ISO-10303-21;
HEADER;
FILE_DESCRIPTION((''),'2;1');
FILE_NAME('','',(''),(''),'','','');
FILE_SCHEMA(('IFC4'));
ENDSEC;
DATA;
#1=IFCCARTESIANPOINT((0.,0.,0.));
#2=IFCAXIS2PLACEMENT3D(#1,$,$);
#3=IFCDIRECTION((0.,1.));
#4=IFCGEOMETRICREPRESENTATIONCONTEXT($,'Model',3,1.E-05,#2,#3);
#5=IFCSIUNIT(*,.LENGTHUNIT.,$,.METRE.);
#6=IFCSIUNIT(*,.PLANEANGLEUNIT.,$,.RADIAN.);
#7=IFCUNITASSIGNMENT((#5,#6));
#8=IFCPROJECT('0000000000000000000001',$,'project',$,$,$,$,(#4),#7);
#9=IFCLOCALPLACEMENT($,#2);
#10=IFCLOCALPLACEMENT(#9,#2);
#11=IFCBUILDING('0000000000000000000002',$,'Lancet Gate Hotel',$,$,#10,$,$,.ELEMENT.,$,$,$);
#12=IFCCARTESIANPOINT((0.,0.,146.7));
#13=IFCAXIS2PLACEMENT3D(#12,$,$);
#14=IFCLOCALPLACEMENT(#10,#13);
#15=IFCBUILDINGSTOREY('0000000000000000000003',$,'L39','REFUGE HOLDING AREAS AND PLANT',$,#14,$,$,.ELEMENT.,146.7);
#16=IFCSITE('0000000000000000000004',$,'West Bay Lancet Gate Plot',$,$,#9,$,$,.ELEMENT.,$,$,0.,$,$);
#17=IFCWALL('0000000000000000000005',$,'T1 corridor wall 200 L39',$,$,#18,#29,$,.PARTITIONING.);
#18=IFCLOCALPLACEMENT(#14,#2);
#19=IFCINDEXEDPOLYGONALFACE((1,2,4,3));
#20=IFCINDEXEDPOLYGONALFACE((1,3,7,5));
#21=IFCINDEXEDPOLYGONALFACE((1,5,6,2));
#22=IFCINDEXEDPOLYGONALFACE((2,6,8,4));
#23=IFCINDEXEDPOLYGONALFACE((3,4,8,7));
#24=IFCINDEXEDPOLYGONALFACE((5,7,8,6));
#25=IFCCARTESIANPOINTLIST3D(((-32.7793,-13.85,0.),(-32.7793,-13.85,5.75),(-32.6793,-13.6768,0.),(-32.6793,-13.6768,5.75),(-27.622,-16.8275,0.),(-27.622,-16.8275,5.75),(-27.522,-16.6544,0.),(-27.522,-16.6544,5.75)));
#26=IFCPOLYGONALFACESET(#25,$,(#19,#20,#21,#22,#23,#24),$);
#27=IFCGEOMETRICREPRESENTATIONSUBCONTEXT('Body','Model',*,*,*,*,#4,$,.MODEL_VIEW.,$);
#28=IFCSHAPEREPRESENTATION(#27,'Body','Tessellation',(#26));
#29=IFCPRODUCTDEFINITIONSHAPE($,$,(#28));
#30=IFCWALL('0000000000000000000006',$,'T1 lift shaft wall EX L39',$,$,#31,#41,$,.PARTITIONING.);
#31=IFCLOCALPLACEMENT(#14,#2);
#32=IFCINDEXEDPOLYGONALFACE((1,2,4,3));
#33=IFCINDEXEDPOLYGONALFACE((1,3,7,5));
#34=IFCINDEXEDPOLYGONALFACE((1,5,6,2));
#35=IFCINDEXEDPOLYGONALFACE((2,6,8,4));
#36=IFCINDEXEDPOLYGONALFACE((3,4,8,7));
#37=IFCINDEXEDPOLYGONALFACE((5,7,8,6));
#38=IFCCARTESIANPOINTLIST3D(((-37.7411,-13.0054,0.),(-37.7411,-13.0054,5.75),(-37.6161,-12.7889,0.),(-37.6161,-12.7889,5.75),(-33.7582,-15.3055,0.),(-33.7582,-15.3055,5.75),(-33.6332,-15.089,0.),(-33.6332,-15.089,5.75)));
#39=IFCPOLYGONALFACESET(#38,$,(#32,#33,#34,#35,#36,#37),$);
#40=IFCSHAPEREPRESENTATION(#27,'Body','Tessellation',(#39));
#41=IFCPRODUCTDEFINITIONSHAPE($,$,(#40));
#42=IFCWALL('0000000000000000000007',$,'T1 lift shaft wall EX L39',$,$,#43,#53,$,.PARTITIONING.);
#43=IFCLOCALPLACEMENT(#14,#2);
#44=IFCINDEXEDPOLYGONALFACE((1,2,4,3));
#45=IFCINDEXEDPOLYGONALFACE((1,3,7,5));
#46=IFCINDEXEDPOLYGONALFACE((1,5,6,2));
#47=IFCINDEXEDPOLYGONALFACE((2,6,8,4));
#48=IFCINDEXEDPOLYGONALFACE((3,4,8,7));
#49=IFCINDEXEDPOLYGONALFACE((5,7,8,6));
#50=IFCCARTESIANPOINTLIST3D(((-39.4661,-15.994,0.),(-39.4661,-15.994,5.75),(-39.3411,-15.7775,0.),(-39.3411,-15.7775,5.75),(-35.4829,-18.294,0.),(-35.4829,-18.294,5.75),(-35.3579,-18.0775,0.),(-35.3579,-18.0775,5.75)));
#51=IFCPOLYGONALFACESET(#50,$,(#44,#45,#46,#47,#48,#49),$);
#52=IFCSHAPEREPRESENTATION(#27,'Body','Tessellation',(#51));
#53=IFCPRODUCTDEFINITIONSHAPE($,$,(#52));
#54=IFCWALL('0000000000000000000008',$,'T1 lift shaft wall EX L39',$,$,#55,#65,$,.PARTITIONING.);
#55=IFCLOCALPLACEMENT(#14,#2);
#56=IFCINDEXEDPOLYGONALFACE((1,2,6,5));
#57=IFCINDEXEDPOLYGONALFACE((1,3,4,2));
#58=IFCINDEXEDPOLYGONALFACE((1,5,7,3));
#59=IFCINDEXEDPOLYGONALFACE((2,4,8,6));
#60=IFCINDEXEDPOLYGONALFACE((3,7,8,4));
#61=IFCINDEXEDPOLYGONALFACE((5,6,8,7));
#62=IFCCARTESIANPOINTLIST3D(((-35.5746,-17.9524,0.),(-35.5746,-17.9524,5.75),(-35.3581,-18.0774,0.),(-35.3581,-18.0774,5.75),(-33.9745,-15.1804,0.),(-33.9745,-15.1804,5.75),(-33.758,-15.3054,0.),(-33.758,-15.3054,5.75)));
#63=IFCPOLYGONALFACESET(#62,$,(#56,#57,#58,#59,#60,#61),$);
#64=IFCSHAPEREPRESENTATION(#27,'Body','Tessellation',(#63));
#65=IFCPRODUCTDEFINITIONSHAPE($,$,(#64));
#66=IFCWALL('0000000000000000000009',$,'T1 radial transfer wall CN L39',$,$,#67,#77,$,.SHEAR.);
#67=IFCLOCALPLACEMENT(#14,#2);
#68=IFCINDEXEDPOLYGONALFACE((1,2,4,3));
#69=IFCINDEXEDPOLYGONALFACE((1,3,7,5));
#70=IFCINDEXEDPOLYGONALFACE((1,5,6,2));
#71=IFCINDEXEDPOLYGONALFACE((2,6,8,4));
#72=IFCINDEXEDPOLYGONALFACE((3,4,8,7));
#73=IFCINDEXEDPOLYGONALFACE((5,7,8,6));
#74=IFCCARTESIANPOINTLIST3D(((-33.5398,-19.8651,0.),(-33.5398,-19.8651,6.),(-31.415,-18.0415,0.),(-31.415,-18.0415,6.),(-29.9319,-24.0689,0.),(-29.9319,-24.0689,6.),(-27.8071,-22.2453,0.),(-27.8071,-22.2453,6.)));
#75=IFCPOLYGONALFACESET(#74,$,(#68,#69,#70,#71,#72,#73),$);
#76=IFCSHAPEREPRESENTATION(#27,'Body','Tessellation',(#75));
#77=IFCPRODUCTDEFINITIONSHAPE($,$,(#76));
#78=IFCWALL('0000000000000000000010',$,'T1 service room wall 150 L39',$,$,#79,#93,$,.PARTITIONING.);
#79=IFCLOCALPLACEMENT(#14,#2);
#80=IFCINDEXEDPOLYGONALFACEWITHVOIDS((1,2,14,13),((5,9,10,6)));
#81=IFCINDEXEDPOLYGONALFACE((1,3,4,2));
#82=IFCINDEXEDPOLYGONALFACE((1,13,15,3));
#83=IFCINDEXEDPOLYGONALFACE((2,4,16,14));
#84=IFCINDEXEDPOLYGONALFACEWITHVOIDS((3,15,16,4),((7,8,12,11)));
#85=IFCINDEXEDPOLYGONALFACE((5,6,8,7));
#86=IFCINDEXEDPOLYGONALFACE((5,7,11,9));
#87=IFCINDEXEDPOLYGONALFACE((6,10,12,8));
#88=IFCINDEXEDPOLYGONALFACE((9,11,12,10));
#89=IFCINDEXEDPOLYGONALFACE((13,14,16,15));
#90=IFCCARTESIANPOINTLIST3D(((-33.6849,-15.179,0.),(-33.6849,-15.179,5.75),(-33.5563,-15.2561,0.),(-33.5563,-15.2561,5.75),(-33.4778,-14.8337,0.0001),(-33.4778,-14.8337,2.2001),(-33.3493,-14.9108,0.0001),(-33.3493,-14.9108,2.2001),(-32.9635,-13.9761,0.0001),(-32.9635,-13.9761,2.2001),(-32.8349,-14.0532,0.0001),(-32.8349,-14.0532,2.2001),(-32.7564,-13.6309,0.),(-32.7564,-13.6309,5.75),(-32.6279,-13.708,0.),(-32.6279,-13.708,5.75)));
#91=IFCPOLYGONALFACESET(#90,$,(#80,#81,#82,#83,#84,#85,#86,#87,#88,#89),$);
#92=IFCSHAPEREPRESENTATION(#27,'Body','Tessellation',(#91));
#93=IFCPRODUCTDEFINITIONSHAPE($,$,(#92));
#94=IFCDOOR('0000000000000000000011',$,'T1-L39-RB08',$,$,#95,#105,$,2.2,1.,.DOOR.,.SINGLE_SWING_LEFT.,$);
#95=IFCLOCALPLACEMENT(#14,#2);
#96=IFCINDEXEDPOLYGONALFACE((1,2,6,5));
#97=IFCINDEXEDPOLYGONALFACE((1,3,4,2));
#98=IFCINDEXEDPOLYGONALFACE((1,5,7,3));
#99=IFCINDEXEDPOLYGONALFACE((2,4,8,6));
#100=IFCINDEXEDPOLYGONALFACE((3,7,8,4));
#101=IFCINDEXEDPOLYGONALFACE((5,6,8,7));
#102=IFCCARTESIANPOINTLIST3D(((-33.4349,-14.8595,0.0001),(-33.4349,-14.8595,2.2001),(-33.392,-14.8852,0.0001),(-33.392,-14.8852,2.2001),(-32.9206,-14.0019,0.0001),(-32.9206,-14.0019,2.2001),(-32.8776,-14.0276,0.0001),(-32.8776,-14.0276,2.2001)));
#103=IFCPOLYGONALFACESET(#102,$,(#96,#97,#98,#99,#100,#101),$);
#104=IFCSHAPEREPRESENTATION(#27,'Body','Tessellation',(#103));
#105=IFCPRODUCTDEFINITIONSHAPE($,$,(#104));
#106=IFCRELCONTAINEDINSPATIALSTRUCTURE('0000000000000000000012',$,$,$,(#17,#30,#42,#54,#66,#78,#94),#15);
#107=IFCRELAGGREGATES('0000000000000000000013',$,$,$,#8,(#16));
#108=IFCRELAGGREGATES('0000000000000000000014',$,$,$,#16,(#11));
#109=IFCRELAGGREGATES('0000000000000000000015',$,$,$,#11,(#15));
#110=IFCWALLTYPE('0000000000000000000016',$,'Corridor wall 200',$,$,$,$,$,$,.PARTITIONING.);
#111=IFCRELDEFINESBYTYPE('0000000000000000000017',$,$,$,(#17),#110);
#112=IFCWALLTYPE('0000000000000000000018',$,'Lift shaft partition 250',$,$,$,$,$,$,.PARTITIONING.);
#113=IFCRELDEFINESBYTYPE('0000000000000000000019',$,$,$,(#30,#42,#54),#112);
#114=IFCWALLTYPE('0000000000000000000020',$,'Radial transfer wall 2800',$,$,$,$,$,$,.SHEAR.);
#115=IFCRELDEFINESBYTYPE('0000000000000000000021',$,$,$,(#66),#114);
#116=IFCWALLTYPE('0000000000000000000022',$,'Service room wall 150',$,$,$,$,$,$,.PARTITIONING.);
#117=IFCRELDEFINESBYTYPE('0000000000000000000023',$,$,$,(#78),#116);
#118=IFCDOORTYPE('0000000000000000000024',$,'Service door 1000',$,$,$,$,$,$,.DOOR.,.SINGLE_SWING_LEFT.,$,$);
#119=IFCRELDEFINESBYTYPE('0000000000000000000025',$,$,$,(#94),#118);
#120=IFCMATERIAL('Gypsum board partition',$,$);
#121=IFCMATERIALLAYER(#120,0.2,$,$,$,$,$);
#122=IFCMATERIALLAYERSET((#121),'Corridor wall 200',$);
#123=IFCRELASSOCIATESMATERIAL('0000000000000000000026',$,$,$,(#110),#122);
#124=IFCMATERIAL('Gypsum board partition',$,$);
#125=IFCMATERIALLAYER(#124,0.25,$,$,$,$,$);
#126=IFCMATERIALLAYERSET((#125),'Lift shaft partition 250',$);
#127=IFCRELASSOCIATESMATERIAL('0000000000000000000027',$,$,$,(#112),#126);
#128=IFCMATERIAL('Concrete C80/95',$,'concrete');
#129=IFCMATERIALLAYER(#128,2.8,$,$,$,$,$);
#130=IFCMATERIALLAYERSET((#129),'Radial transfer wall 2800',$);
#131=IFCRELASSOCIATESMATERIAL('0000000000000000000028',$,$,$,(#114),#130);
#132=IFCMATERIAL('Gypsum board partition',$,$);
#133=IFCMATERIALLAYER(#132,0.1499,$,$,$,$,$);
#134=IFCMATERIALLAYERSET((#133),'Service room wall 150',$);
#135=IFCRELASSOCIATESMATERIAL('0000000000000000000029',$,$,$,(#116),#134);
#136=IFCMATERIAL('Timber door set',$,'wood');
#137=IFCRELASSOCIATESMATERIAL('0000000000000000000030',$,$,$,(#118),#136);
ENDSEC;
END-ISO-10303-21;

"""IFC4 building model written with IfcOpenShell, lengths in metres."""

from ifc_helpers import new_model, si_unit, direction, frame, frame_2d, origin, place, context, subcontext, project, spatial, rectangle, extrude, material, layer, layer_set, type_object, element, fill, save


model = new_model("IFC4")

# Units and contexts
model_context = context("Model", 3, precision=1e-05, world=origin(), true_north=direction((0.0, 1.0)))
body_context = subcontext(model_context, "Body", "Model", "MODEL_VIEW")
ifc_project = project(units=[si_unit("LENGTHUNIT", "METRE"), si_unit("PLANEANGLEUNIT", "RADIAN")], contexts=[model_context])

# Site, building, storey
site_placement = place(None, origin())
site = spatial("IfcSite", under=ifc_project, at=site_placement, Name="West Bay Lancet Gate Plot", CompositionType="ELEMENT", RefElevation=0.0)
building_placement = place(site_placement, origin())
building = spatial("IfcBuilding", under=site, at=building_placement, Name="Lancet Gate Hotel", CompositionType="ELEMENT")
storey_placement = place(building_placement, frame((0.0, 0.0, 146.7)))
storey = spatial("IfcBuildingStorey", under=building, at=storey_placement, Name="L39", Description="REFUGE HOLDING AREAS AND PLANT", CompositionType="ELEMENT", Elevation=146.7)

# Walls
ifc_material_1 = material(Name="Gypsum board partition")
ifc_layer_1 = layer(ifc_material_1, 0.2)
ifc_layer_set_1 = layer_set([ifc_layer_1], Name="Corridor wall 200")
wall_type_1 = type_object("IfcWallType", Name="Corridor wall 200", PredefinedType="PARTITIONING", material=ifc_layer_set_1)
wall_1_placement = place(storey_placement, frame((-27.572, -16.741, 0.0), z_axis=(0.0, 0.0, 1.0), x_axis=(-0.866024, 0.500002, 0.0)))
element("IfcWall", 1, at=wall_1_placement, inside=storey, type_object=wall_type_1, Name="T1 corridor wall 200 L39", PredefinedType="PARTITIONING", context=body_context, shape_type="SweptSolid", body=[
    extrude(rectangle(XDim=5.9551, YDim=0.2, at=frame_2d((2.9775, 0.0))), origin(), (0.0, 0.0, 1.0), 5.75),
])
ifc_material_2 = material(Name="Gypsum board partition")
ifc_layer_2 = layer(ifc_material_2, 0.25)
ifc_layer_set_2 = layer_set([ifc_layer_2], Name="Lift shaft partition 250")
wall_type_2 = type_object("IfcWallType", Name="Lift shaft partition 250", PredefinedType="PARTITIONING", material=ifc_layer_set_2)
wall_2_placement = place(storey_placement, frame((-33.6956, -15.1973, 0.0), z_axis=(0.0, 0.0, 1.0), x_axis=(-0.865977, 0.500084, 0.0)))
element("IfcWall", 2, at=wall_2_placement, inside=storey, type_object=wall_type_2, Name="T1 lift shaft wall EX L39", PredefinedType="PARTITIONING", context=body_context, shape_type="SweptSolid", body=[
    extrude(rectangle(XDim=4.5994, YDim=0.25, at=frame_2d((2.2998, 0.0))), origin(), (0.0, 0.0, 1.0), 5.75),
])
wall_3_placement = place(storey_placement, frame((-35.4204, -18.1858, 0.0), z_axis=(0.0, 0.0, 1.0), x_axis=(-0.86599, 0.500061, 0.0)))
element("IfcWall", 3, at=wall_3_placement, inside=storey, type_object=wall_type_2, Name="T1 lift shaft wall EX L39", PredefinedType="PARTITIONING", context=body_context, shape_type="SweptSolid", body=[
    extrude(rectangle(XDim=4.5996, YDim=0.25, at=frame_2d((2.2998, 0.0))), origin(), (0.0, 0.0, 1.0), 5.75),
])
wall_4_placement = place(storey_placement, frame((-33.8662, -15.2429, 0.0), z_axis=(0.0, 0.0, 1.0), x_axis=(-0.499929, -0.866066, 0.0)))
element("IfcWall", 4, at=wall_4_placement, inside=storey, type_object=wall_type_2, Name="T1 lift shaft wall EX L39", PredefinedType="PARTITIONING", context=body_context, shape_type="SweptSolid", body=[
    extrude(rectangle(XDim=3.2007, YDim=0.25, at=frame_2d((1.6003, 0.0))), origin(), (0.0, 0.0, 1.0), 5.75),
])
ifc_material_3 = material(Name="Concrete C80/95", Category="concrete")
ifc_layer_3 = layer(ifc_material_3, 2.8)
ifc_layer_set_3 = layer_set([ifc_layer_3], Name="Radial transfer wall 2800")
wall_type_3 = type_object("IfcWallType", Name="Radial transfer wall 2800", PredefinedType="SHEAR", material=ifc_layer_set_3)
wall_5_placement = place(storey_placement, frame((-28.8694, -23.1572, 0.0), z_axis=(0.0, 0.0, 1.0), x_axis=(-0.65127, 0.758846, 0.0)))
element("IfcWall", 5, at=wall_5_placement, inside=storey, type_object=wall_type_3, Name="T1 radial transfer wall CN L39", PredefinedType="SHEAR", context=body_context, shape_type="SweptSolid", body=[
    extrude(rectangle(XDim=5.5398, YDim=2.8, at=frame_2d((2.77, 0.0))), origin(), (0.0, 0.0, 1.0), 6.0),
])

# Wall, opening, door
ifc_material_4 = material(Name="Gypsum board partition")
ifc_layer_4 = layer(ifc_material_4, 0.1499)
ifc_layer_set_4 = layer_set([ifc_layer_4], Name="Service room wall 150")
wall_type_4 = type_object("IfcWallType", Name="Service room wall 150", PredefinedType="PARTITIONING", material=ifc_layer_set_4)
wall_6_placement = place(storey_placement, frame((-33.6206, -15.2175, 0.0), z_axis=(0.0, 0.0, 1.0), x_axis=(0.514337, 0.857588, 0.0)))
wall_6 = element("IfcWall", 6, at=wall_6_placement, inside=storey, type_object=wall_type_4, Name="T1 service room wall 150 L39", PredefinedType="PARTITIONING", context=body_context, shape_type="SweptSolid", body=[
    extrude(rectangle(XDim=1.8052, YDim=0.1499, at=frame_2d((0.9026, 0.0))), origin(), (0.0, 0.0, 1.0), 5.75),
])
opening_placement = place(wall_6_placement, frame((0.4026, 0.0, 0.0)))
opening = element("IfcOpeningElement", 7, at=opening_placement, cuts=wall_6, PredefinedType="OPENING", context=body_context, shape_type="SweptSolid", body=[
    extrude(rectangle(XDim=1.0, YDim=2.2, at=frame_2d((0.5, 1.1001))), frame((0.0, 0.085, 0.0), z_axis=(0.0, -1.0, 0.0), x_axis=(1.0, 0.0, 0.0)), (0.0, 0.0, 1.0), 0.1699),
])
ifc_material_5 = material(Name="Timber door set", Category="wood")
door_type = type_object("IfcDoorType", Name="Service door 1000", OperationType="SINGLE_SWING_LEFT", PredefinedType="DOOR", material=ifc_material_5)
door_placement = place(opening_placement, origin())
door = element("IfcDoor", 8, at=door_placement, inside=storey, type_object=door_type, Name="T1-L39-RB08", OperationType="SINGLE_SWING_LEFT", OverallHeight=2.2, OverallWidth=1.0, PredefinedType="DOOR", context=body_context, shape_type="SweptSolid", body=[
    extrude(rectangle(XDim=1.0, YDim=2.2, at=frame_2d((0.5, 1.1001))), frame((0.0, 0.0249, 0.0), z_axis=(0.0, -1.0, 0.0), x_axis=(1.0, 0.0, 0.0)), (0.0, 0.0, 1.0), 0.05),
])
fill(opening, door)

save(model, "model.ifc")
